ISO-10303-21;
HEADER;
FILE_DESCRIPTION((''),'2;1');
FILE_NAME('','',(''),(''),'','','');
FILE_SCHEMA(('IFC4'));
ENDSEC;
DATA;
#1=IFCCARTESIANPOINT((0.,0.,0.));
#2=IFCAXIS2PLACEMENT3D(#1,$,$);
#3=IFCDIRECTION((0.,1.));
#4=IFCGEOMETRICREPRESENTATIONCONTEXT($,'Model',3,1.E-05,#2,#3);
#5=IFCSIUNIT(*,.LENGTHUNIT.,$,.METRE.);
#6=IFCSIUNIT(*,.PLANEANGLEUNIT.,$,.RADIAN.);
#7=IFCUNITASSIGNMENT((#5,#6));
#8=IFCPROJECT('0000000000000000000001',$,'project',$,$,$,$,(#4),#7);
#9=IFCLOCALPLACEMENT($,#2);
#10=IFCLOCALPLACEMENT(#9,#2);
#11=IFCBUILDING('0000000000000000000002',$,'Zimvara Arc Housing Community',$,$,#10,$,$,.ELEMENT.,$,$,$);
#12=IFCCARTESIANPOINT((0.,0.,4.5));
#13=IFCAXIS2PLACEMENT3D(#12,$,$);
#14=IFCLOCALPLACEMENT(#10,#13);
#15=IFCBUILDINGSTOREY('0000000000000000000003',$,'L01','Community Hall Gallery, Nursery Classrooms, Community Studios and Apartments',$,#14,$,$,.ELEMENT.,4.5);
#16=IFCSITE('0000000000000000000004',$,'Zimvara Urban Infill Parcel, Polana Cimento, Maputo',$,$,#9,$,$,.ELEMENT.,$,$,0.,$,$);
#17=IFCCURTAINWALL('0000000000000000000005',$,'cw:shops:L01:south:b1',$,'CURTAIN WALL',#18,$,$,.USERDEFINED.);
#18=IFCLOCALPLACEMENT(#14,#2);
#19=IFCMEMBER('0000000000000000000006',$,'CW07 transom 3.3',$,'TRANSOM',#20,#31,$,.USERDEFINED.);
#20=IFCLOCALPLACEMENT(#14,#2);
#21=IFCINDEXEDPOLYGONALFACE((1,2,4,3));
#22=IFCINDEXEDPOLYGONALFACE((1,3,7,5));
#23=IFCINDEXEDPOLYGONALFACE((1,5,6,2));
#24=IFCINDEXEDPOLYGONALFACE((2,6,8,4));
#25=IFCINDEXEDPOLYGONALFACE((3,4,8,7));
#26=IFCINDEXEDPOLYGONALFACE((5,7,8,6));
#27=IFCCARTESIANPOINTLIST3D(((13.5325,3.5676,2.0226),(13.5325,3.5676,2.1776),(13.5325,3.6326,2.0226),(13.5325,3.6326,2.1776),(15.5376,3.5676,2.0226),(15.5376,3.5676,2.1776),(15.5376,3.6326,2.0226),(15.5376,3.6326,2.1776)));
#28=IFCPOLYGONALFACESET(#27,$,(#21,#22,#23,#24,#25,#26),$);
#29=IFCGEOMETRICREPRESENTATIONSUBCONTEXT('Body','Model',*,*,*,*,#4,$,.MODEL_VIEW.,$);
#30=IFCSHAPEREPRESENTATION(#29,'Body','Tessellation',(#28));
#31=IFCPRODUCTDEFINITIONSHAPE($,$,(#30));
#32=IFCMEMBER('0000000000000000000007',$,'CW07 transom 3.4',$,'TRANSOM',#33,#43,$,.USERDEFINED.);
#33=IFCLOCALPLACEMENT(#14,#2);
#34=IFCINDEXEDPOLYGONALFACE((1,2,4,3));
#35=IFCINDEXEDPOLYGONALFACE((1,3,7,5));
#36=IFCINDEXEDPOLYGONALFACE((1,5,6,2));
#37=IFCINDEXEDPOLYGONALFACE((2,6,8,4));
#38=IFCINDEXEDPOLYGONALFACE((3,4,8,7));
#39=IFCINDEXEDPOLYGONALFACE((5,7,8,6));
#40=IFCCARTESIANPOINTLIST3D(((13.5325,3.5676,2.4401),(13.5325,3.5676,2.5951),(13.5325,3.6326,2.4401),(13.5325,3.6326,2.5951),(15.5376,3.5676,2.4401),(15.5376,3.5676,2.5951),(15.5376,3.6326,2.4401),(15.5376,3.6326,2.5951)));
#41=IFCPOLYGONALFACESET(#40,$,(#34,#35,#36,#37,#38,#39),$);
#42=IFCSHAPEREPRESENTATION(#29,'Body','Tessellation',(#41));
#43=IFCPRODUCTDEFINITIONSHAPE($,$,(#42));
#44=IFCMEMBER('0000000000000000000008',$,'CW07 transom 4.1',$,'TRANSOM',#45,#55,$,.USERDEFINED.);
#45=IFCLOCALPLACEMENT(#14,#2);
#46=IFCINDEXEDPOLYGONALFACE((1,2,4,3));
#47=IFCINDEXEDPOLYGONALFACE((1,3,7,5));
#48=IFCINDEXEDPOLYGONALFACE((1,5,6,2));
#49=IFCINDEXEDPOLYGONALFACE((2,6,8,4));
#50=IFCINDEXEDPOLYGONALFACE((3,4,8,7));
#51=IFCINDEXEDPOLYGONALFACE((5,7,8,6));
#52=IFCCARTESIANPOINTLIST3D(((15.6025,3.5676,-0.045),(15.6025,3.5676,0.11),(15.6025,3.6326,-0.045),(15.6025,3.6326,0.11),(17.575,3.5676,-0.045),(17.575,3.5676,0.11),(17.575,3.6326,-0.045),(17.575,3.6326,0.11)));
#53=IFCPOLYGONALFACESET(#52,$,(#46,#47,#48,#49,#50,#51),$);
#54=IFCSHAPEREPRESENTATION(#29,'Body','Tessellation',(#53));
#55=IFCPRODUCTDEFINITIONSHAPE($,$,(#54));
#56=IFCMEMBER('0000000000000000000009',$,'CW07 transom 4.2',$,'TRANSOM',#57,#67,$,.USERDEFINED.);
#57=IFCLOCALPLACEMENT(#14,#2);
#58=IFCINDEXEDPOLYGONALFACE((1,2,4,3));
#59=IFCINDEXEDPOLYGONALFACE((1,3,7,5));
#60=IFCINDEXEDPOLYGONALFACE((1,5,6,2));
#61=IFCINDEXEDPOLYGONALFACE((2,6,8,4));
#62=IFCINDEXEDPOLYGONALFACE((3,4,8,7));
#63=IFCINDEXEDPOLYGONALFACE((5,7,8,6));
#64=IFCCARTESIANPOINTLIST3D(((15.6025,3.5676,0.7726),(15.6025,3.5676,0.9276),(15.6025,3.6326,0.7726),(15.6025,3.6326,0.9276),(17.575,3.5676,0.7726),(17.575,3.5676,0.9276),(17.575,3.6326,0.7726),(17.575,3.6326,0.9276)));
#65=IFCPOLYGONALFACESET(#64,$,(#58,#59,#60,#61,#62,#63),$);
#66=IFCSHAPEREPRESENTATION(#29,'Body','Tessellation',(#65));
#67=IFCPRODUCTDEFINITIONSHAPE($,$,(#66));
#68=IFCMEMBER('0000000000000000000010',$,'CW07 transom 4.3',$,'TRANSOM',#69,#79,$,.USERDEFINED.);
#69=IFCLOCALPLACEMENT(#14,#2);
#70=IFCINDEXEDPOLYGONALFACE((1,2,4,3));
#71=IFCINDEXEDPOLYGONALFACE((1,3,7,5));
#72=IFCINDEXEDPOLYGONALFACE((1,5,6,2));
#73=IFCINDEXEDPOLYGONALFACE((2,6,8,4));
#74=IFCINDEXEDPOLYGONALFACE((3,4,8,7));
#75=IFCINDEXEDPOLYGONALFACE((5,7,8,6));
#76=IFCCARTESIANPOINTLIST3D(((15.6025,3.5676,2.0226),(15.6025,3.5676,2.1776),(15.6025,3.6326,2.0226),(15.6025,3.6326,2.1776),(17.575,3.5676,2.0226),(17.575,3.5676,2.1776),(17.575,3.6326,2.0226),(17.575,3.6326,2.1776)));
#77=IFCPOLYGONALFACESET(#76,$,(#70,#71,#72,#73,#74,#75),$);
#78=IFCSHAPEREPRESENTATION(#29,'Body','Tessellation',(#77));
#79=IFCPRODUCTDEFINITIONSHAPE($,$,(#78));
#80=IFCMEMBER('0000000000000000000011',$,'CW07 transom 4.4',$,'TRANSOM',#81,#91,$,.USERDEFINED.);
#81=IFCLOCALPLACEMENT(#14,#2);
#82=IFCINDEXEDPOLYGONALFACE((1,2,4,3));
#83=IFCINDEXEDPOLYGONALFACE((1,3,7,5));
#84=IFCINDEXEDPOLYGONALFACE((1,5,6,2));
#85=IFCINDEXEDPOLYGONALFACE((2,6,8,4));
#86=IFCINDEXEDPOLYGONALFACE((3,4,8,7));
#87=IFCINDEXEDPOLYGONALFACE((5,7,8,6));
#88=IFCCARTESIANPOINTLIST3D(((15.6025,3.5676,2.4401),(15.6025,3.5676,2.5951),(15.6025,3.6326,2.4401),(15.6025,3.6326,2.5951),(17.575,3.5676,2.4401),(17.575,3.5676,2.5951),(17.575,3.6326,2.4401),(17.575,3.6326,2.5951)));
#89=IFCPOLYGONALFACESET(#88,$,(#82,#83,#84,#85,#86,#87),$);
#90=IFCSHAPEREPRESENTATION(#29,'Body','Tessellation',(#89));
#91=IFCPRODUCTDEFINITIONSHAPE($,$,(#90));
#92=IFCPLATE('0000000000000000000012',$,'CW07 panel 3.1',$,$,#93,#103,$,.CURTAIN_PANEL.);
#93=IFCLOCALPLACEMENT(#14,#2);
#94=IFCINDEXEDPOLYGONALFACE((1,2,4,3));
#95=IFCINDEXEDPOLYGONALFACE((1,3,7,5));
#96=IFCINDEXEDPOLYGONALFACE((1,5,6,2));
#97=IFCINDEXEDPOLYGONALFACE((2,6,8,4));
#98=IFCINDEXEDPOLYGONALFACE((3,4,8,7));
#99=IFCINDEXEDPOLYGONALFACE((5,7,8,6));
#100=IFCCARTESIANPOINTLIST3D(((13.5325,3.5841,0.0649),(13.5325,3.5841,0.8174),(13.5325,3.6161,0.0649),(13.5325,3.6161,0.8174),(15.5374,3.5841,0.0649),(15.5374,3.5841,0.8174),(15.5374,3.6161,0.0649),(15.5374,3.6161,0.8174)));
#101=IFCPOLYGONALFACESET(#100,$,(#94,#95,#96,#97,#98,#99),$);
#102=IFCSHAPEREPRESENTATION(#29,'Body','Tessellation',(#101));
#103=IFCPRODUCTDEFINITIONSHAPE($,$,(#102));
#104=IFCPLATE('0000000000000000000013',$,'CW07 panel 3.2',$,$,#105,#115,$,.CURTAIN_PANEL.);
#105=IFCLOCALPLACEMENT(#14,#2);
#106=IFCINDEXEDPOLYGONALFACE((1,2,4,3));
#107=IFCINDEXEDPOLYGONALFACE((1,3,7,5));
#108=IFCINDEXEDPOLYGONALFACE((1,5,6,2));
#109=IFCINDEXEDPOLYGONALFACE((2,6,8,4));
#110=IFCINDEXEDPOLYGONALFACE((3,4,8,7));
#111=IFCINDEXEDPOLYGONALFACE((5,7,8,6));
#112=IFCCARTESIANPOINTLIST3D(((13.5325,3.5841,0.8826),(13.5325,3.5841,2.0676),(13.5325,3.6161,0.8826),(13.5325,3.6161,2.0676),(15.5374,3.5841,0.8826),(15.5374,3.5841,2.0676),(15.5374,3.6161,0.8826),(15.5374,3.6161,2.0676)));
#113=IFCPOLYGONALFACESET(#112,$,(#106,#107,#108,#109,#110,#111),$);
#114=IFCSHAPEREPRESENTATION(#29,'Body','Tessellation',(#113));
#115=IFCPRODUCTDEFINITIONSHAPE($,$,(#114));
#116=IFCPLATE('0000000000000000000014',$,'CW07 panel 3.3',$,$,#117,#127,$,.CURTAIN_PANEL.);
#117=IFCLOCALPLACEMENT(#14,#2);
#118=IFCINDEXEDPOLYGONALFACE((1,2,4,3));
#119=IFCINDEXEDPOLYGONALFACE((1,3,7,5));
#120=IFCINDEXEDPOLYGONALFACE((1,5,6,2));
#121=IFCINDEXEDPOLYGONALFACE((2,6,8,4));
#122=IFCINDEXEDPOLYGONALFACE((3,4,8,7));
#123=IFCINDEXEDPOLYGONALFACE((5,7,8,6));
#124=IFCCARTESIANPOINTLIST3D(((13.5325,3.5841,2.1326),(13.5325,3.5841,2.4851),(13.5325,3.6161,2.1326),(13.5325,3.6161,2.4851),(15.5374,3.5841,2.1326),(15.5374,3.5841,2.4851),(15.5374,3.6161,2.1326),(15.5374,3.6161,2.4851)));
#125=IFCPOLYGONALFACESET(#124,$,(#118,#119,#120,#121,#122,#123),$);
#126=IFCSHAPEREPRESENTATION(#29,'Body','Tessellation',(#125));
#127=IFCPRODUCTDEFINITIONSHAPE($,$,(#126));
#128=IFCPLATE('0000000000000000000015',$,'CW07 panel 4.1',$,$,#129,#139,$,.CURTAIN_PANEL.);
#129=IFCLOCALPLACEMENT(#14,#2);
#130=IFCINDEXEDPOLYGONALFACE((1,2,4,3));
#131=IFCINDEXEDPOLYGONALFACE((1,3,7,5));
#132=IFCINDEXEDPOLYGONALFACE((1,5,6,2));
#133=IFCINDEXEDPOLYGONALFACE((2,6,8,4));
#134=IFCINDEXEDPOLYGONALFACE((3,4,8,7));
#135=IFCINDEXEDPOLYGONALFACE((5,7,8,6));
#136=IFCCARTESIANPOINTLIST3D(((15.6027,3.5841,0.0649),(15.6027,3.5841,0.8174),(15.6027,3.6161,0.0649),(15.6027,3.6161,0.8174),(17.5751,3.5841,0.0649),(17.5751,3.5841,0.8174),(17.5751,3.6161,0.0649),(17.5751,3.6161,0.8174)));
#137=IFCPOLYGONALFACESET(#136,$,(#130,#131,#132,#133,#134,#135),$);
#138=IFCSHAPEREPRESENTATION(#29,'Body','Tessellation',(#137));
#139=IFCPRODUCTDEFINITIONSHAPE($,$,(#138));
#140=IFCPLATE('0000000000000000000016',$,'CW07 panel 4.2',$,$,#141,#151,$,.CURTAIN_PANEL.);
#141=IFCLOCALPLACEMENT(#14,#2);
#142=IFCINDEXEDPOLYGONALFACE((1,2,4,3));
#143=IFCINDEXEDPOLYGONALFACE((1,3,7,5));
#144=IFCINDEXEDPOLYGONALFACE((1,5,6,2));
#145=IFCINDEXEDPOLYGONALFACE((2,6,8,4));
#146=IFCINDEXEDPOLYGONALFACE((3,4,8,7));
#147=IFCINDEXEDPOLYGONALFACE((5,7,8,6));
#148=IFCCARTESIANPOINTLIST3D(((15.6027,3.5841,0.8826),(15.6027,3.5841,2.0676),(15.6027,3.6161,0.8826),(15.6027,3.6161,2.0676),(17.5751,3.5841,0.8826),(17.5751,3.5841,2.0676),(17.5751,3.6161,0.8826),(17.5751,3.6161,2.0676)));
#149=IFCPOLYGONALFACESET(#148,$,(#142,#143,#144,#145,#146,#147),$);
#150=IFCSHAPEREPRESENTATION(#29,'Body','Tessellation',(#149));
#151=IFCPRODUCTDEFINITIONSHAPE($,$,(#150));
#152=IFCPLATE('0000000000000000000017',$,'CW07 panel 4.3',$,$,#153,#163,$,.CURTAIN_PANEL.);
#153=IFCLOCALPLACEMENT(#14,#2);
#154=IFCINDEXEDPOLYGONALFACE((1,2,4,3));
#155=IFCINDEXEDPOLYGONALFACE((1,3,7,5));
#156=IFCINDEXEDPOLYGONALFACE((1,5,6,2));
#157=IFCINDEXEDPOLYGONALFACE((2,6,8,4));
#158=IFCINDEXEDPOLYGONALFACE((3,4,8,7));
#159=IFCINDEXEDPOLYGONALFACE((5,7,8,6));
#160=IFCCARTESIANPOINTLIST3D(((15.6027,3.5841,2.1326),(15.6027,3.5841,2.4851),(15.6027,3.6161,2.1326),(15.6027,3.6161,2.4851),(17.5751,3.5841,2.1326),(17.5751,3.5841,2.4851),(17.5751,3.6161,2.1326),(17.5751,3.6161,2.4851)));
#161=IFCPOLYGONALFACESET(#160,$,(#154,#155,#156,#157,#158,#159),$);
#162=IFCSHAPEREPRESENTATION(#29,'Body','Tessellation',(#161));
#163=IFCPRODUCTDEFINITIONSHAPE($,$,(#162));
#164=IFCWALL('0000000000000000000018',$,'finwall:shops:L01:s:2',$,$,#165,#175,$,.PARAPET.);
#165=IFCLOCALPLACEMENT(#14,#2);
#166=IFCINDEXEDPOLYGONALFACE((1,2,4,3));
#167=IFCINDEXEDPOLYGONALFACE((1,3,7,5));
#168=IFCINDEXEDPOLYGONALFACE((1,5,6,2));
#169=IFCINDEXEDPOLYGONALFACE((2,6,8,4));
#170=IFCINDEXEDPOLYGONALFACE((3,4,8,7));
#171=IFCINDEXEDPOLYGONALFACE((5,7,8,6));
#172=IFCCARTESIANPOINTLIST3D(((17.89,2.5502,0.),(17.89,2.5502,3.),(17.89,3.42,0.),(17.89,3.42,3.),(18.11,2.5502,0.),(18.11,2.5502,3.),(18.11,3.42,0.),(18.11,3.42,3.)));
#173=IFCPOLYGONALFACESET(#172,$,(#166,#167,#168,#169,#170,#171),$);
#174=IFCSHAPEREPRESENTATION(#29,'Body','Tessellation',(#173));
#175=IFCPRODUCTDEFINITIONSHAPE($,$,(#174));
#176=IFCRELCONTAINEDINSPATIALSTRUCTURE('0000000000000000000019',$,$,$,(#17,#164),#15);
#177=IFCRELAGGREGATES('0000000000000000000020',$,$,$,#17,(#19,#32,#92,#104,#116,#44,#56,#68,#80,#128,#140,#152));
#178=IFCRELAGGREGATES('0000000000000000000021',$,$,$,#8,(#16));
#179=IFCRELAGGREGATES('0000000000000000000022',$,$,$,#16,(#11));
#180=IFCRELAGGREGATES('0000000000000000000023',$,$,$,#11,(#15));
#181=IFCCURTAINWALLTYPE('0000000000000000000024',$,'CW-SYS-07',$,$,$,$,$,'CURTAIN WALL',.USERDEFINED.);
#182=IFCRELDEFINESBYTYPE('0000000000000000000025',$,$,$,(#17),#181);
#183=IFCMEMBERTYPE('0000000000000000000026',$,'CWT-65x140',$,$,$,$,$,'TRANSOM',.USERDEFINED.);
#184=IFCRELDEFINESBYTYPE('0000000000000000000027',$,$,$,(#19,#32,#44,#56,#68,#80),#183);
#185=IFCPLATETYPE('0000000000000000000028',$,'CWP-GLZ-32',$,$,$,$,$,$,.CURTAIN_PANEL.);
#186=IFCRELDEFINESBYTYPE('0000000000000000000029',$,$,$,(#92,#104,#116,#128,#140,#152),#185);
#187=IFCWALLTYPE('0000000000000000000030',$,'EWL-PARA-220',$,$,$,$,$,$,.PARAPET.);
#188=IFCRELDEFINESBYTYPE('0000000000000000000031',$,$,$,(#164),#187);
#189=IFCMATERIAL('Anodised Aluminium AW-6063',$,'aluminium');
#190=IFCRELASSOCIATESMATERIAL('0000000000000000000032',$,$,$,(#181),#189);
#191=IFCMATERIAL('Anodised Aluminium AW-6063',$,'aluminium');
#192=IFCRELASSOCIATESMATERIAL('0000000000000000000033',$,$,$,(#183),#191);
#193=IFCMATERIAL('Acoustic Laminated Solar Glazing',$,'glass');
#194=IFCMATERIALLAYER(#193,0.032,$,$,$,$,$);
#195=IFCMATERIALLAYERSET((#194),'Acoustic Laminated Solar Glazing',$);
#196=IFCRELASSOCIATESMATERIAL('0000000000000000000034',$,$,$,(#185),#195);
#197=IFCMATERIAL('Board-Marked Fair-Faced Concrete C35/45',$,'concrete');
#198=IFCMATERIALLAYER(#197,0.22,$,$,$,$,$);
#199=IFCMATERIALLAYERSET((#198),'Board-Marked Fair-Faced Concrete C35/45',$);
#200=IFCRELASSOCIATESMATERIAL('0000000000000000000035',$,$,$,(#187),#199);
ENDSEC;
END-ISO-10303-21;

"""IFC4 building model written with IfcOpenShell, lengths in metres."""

from ifc_helpers import new_model, si_unit, direction, frame, frame_2d, origin, origin_2d, place, context, subcontext, project, spatial, rectangle, extrude, material, layer, layer_set, material_profile, profile_set, type_object, element, aggregate, save


model = new_model("IFC4")

# Units and contexts
model_context = context("Model", 3, precision=1e-05, world=origin(), true_north=direction((0.0, 1.0)))
body_context = subcontext(model_context, "Body", "Model", "MODEL_VIEW")
ifc_project = project(units=[si_unit("LENGTHUNIT", "METRE"), si_unit("PLANEANGLEUNIT", "RADIAN")], contexts=[model_context])

# Site, building, storey
site_placement = place(None, origin())
site = spatial("IfcSite", under=ifc_project, at=site_placement, Name="Zimvara Urban Infill Parcel, Polana Cimento, Maputo", CompositionType="ELEMENT", RefElevation=0.0)
building_placement = place(site_placement, origin())
building = spatial("IfcBuilding", under=site, at=building_placement, Name="Zimvara Arc Housing Community", CompositionType="ELEMENT")
storey_placement = place(building_placement, frame((0.0, 0.0, 4.5)))
storey = spatial("IfcBuildingStorey", under=building, at=storey_placement, Name="L01", Description="Community Hall Gallery, Nursery Classrooms, Community Studios and Apartments", CompositionType="ELEMENT", Elevation=4.5)

# Curtain wall, members, plates
ifc_material_1 = material(Name="Anodised Aluminium AW-6063", Category="aluminium")
curtain_wall_type = type_object("IfcCurtainWallType", Name="CW-SYS-07", ElementType="CURTAIN WALL", PredefinedType="USERDEFINED", material=ifc_material_1)
curtain_wall_placement = place(storey_placement, origin())
curtain_wall = element("IfcCurtainWall", 1, at=curtain_wall_placement, inside=storey, type_object=curtain_wall_type, Name="cw:shops:L01:south:b1", ObjectType="CURTAIN WALL", PredefinedType="USERDEFINED")
ifc_material_2 = material(Name="Anodised Aluminium AW-6063", Category="aluminium")
ifc_material_profile_1 = material_profile(ifc_material_2, rectangle(XDim=0.0649, YDim=0.155, at=origin_2d()), Name="ALU 65x155")
ifc_profile_set_1 = profile_set([ifc_material_profile_1], Name="Anodised Aluminium AW-6063")
member_type_1 = type_object("IfcMemberType", Name="CWT-65x140", ElementType="TRANSOM", PredefinedType="USERDEFINED", material=ifc_profile_set_1)
member_1_placement = place(storey_placement, frame((13.5325, 3.6001, 2.1001), z_axis=(1.0, 0.0, 0.0), x_axis=(0.0, 1.0, 0.0)))
member_1 = element("IfcMember", 2, at=member_1_placement, type_object=member_type_1, Name="CW07 transom 3.3", ObjectType="TRANSOM", PredefinedType="USERDEFINED", context=body_context, shape_type="SweptSolid", body=[
    extrude(rectangle(XDim=0.0649, YDim=0.155, at=origin_2d()), origin(), (0.0, 0.0, 1.0), 2.0051),
])
member_2_placement = place(storey_placement, frame((13.5325, 3.6001, 2.5176), z_axis=(1.0, 0.0, 0.0), x_axis=(0.0, 1.0, 0.0)))
member_2 = element("IfcMember", 3, at=member_2_placement, type_object=member_type_1, Name="CW07 transom 3.4", ObjectType="TRANSOM", PredefinedType="USERDEFINED", context=body_context, shape_type="SweptSolid", body=[
    extrude(rectangle(XDim=0.0649, YDim=0.155, at=origin_2d()), origin(), (0.0, 0.0, 1.0), 2.0051),
])
member_3_placement = place(storey_placement, frame((15.6025, 3.6001, 0.0325), z_axis=(1.0, 0.0, 0.0), x_axis=(0.0, 1.0, 0.0)))
member_3 = element("IfcMember", 4, at=member_3_placement, type_object=member_type_1, Name="CW07 transom 4.1", ObjectType="TRANSOM", PredefinedType="USERDEFINED", context=body_context, shape_type="SweptSolid", body=[
    extrude(rectangle(XDim=0.0649, YDim=0.155, at=origin_2d()), origin(), (0.0, 0.0, 1.0), 1.9724),
])
member_4_placement = place(storey_placement, frame((15.6025, 3.6001, 0.8501), z_axis=(1.0, 0.0, 0.0), x_axis=(0.0, 1.0, 0.0)))
member_4 = element("IfcMember", 5, at=member_4_placement, type_object=member_type_1, Name="CW07 transom 4.2", ObjectType="TRANSOM", PredefinedType="USERDEFINED", context=body_context, shape_type="SweptSolid", body=[
    extrude(rectangle(XDim=0.0649, YDim=0.155, at=origin_2d()), origin(), (0.0, 0.0, 1.0), 1.9724),
])
member_5_placement = place(storey_placement, frame((15.6025, 3.6001, 2.1001), z_axis=(1.0, 0.0, 0.0), x_axis=(0.0, 1.0, 0.0)))
member_5 = element("IfcMember", 6, at=member_5_placement, type_object=member_type_1, Name="CW07 transom 4.3", ObjectType="TRANSOM", PredefinedType="USERDEFINED", context=body_context, shape_type="SweptSolid", body=[
    extrude(rectangle(XDim=0.0649, YDim=0.155, at=origin_2d()), origin(), (0.0, 0.0, 1.0), 1.9724),
])
member_6_placement = place(storey_placement, frame((15.6025, 3.6001, 2.5176), z_axis=(1.0, 0.0, 0.0), x_axis=(0.0, 1.0, 0.0)))
member_6 = element("IfcMember", 7, at=member_6_placement, type_object=member_type_1, Name="CW07 transom 4.4", ObjectType="TRANSOM", PredefinedType="USERDEFINED", context=body_context, shape_type="SweptSolid", body=[
    extrude(rectangle(XDim=0.0649, YDim=0.155, at=origin_2d()), origin(), (0.0, 0.0, 1.0), 1.9724),
])
ifc_material_3 = material(Name="Acoustic Laminated Solar Glazing", Category="glass")
ifc_layer_1 = layer(ifc_material_3, 0.032)
ifc_layer_set_1 = layer_set([ifc_layer_1], Name="Acoustic Laminated Solar Glazing")
plate_type = type_object("IfcPlateType", Name="CWP-GLZ-32", PredefinedType="CURTAIN_PANEL", material=ifc_layer_set_1)
plate_1_placement = place(storey_placement, frame((14.5349, 3.6001, 0.0649), z_axis=(0.0, 0.0, 1.0), x_axis=(1.0, 0.0, 0.0)))
plate_1 = element("IfcPlate", 8, at=plate_1_placement, type_object=plate_type, Name="CW07 panel 3.1", PredefinedType="CURTAIN_PANEL", context=body_context, shape_type="SweptSolid", body=[
    extrude(rectangle(XDim=2.0049, YDim=0.032, at=origin_2d()), origin(), (0.0, 0.0, 1.0), 0.7524),
])
plate_2_placement = place(storey_placement, frame((14.5349, 3.6001, 0.8826), z_axis=(0.0, 0.0, 1.0), x_axis=(1.0, 0.0, 0.0)))
plate_2 = element("IfcPlate", 9, at=plate_2_placement, type_object=plate_type, Name="CW07 panel 3.2", PredefinedType="CURTAIN_PANEL", context=body_context, shape_type="SweptSolid", body=[
    extrude(rectangle(XDim=2.0049, YDim=0.032, at=origin_2d()), origin(), (0.0, 0.0, 1.0), 1.1851),
])
plate_3_placement = place(storey_placement, frame((14.5349, 3.6001, 2.1326), z_axis=(0.0, 0.0, 1.0), x_axis=(1.0, 0.0, 0.0)))
plate_3 = element("IfcPlate", 10, at=plate_3_placement, type_object=plate_type, Name="CW07 panel 3.3", PredefinedType="CURTAIN_PANEL", context=body_context, shape_type="SweptSolid", body=[
    extrude(rectangle(XDim=2.0049, YDim=0.032, at=origin_2d()), origin(), (0.0, 0.0, 1.0), 0.3525),
])
plate_4_placement = place(storey_placement, frame((16.5889, 3.6001, 0.0649), z_axis=(0.0, 0.0, 1.0), x_axis=(1.0, 0.0, 0.0)))
plate_4 = element("IfcPlate", 11, at=plate_4_placement, type_object=plate_type, Name="CW07 panel 4.1", PredefinedType="CURTAIN_PANEL", context=body_context, shape_type="SweptSolid", body=[
    extrude(rectangle(XDim=1.9724, YDim=0.032, at=origin_2d()), origin(), (0.0, 0.0, 1.0), 0.7524),
])
plate_5_placement = place(storey_placement, frame((16.5889, 3.6001, 0.8826), z_axis=(0.0, 0.0, 1.0), x_axis=(1.0, 0.0, 0.0)))
plate_5 = element("IfcPlate", 12, at=plate_5_placement, type_object=plate_type, Name="CW07 panel 4.2", PredefinedType="CURTAIN_PANEL", context=body_context, shape_type="SweptSolid", body=[
    extrude(rectangle(XDim=1.9724, YDim=0.032, at=origin_2d()), origin(), (0.0, 0.0, 1.0), 1.1851),
])
plate_6_placement = place(storey_placement, frame((16.5889, 3.6001, 2.1326), z_axis=(0.0, 0.0, 1.0), x_axis=(1.0, 0.0, 0.0)))
plate_6 = element("IfcPlate", 13, at=plate_6_placement, type_object=plate_type, Name="CW07 panel 4.3", PredefinedType="CURTAIN_PANEL", context=body_context, shape_type="SweptSolid", body=[
    extrude(rectangle(XDim=1.9724, YDim=0.032, at=origin_2d()), origin(), (0.0, 0.0, 1.0), 0.3525),
])
aggregate(curtain_wall, [member_1, member_2, plate_1, plate_2, plate_3, member_3, member_4, member_5, member_6, plate_4, plate_5, plate_6])

# Wall
ifc_material_4 = material(Name="Board-Marked Fair-Faced Concrete C35/45", Category="concrete")
ifc_layer_2 = layer(ifc_material_4, 0.22)
ifc_layer_set_2 = layer_set([ifc_layer_2], Name="Board-Marked Fair-Faced Concrete C35/45")
wall_type = type_object("IfcWallType", Name="EWL-PARA-220", PredefinedType="PARAPET", material=ifc_layer_set_2)
wall_placement = place(storey_placement, frame((18.0, 2.55, 0.0), z_axis=(0.0, 0.0, 1.0), x_axis=(0.0, 1.0, 0.0)))
element("IfcWall", 14, at=wall_placement, inside=storey, type_object=wall_type, Name="finwall:shops:L01:s:2", PredefinedType="PARAPET", context=body_context, shape_type="SweptSolid", body=[
    extrude(rectangle(XDim=0.8699, YDim=0.22, at=frame_2d((0.4351, 0.0))), origin(), (0.0, 0.0, 1.0), 3.0),
])

save(model, "model.ifc")
